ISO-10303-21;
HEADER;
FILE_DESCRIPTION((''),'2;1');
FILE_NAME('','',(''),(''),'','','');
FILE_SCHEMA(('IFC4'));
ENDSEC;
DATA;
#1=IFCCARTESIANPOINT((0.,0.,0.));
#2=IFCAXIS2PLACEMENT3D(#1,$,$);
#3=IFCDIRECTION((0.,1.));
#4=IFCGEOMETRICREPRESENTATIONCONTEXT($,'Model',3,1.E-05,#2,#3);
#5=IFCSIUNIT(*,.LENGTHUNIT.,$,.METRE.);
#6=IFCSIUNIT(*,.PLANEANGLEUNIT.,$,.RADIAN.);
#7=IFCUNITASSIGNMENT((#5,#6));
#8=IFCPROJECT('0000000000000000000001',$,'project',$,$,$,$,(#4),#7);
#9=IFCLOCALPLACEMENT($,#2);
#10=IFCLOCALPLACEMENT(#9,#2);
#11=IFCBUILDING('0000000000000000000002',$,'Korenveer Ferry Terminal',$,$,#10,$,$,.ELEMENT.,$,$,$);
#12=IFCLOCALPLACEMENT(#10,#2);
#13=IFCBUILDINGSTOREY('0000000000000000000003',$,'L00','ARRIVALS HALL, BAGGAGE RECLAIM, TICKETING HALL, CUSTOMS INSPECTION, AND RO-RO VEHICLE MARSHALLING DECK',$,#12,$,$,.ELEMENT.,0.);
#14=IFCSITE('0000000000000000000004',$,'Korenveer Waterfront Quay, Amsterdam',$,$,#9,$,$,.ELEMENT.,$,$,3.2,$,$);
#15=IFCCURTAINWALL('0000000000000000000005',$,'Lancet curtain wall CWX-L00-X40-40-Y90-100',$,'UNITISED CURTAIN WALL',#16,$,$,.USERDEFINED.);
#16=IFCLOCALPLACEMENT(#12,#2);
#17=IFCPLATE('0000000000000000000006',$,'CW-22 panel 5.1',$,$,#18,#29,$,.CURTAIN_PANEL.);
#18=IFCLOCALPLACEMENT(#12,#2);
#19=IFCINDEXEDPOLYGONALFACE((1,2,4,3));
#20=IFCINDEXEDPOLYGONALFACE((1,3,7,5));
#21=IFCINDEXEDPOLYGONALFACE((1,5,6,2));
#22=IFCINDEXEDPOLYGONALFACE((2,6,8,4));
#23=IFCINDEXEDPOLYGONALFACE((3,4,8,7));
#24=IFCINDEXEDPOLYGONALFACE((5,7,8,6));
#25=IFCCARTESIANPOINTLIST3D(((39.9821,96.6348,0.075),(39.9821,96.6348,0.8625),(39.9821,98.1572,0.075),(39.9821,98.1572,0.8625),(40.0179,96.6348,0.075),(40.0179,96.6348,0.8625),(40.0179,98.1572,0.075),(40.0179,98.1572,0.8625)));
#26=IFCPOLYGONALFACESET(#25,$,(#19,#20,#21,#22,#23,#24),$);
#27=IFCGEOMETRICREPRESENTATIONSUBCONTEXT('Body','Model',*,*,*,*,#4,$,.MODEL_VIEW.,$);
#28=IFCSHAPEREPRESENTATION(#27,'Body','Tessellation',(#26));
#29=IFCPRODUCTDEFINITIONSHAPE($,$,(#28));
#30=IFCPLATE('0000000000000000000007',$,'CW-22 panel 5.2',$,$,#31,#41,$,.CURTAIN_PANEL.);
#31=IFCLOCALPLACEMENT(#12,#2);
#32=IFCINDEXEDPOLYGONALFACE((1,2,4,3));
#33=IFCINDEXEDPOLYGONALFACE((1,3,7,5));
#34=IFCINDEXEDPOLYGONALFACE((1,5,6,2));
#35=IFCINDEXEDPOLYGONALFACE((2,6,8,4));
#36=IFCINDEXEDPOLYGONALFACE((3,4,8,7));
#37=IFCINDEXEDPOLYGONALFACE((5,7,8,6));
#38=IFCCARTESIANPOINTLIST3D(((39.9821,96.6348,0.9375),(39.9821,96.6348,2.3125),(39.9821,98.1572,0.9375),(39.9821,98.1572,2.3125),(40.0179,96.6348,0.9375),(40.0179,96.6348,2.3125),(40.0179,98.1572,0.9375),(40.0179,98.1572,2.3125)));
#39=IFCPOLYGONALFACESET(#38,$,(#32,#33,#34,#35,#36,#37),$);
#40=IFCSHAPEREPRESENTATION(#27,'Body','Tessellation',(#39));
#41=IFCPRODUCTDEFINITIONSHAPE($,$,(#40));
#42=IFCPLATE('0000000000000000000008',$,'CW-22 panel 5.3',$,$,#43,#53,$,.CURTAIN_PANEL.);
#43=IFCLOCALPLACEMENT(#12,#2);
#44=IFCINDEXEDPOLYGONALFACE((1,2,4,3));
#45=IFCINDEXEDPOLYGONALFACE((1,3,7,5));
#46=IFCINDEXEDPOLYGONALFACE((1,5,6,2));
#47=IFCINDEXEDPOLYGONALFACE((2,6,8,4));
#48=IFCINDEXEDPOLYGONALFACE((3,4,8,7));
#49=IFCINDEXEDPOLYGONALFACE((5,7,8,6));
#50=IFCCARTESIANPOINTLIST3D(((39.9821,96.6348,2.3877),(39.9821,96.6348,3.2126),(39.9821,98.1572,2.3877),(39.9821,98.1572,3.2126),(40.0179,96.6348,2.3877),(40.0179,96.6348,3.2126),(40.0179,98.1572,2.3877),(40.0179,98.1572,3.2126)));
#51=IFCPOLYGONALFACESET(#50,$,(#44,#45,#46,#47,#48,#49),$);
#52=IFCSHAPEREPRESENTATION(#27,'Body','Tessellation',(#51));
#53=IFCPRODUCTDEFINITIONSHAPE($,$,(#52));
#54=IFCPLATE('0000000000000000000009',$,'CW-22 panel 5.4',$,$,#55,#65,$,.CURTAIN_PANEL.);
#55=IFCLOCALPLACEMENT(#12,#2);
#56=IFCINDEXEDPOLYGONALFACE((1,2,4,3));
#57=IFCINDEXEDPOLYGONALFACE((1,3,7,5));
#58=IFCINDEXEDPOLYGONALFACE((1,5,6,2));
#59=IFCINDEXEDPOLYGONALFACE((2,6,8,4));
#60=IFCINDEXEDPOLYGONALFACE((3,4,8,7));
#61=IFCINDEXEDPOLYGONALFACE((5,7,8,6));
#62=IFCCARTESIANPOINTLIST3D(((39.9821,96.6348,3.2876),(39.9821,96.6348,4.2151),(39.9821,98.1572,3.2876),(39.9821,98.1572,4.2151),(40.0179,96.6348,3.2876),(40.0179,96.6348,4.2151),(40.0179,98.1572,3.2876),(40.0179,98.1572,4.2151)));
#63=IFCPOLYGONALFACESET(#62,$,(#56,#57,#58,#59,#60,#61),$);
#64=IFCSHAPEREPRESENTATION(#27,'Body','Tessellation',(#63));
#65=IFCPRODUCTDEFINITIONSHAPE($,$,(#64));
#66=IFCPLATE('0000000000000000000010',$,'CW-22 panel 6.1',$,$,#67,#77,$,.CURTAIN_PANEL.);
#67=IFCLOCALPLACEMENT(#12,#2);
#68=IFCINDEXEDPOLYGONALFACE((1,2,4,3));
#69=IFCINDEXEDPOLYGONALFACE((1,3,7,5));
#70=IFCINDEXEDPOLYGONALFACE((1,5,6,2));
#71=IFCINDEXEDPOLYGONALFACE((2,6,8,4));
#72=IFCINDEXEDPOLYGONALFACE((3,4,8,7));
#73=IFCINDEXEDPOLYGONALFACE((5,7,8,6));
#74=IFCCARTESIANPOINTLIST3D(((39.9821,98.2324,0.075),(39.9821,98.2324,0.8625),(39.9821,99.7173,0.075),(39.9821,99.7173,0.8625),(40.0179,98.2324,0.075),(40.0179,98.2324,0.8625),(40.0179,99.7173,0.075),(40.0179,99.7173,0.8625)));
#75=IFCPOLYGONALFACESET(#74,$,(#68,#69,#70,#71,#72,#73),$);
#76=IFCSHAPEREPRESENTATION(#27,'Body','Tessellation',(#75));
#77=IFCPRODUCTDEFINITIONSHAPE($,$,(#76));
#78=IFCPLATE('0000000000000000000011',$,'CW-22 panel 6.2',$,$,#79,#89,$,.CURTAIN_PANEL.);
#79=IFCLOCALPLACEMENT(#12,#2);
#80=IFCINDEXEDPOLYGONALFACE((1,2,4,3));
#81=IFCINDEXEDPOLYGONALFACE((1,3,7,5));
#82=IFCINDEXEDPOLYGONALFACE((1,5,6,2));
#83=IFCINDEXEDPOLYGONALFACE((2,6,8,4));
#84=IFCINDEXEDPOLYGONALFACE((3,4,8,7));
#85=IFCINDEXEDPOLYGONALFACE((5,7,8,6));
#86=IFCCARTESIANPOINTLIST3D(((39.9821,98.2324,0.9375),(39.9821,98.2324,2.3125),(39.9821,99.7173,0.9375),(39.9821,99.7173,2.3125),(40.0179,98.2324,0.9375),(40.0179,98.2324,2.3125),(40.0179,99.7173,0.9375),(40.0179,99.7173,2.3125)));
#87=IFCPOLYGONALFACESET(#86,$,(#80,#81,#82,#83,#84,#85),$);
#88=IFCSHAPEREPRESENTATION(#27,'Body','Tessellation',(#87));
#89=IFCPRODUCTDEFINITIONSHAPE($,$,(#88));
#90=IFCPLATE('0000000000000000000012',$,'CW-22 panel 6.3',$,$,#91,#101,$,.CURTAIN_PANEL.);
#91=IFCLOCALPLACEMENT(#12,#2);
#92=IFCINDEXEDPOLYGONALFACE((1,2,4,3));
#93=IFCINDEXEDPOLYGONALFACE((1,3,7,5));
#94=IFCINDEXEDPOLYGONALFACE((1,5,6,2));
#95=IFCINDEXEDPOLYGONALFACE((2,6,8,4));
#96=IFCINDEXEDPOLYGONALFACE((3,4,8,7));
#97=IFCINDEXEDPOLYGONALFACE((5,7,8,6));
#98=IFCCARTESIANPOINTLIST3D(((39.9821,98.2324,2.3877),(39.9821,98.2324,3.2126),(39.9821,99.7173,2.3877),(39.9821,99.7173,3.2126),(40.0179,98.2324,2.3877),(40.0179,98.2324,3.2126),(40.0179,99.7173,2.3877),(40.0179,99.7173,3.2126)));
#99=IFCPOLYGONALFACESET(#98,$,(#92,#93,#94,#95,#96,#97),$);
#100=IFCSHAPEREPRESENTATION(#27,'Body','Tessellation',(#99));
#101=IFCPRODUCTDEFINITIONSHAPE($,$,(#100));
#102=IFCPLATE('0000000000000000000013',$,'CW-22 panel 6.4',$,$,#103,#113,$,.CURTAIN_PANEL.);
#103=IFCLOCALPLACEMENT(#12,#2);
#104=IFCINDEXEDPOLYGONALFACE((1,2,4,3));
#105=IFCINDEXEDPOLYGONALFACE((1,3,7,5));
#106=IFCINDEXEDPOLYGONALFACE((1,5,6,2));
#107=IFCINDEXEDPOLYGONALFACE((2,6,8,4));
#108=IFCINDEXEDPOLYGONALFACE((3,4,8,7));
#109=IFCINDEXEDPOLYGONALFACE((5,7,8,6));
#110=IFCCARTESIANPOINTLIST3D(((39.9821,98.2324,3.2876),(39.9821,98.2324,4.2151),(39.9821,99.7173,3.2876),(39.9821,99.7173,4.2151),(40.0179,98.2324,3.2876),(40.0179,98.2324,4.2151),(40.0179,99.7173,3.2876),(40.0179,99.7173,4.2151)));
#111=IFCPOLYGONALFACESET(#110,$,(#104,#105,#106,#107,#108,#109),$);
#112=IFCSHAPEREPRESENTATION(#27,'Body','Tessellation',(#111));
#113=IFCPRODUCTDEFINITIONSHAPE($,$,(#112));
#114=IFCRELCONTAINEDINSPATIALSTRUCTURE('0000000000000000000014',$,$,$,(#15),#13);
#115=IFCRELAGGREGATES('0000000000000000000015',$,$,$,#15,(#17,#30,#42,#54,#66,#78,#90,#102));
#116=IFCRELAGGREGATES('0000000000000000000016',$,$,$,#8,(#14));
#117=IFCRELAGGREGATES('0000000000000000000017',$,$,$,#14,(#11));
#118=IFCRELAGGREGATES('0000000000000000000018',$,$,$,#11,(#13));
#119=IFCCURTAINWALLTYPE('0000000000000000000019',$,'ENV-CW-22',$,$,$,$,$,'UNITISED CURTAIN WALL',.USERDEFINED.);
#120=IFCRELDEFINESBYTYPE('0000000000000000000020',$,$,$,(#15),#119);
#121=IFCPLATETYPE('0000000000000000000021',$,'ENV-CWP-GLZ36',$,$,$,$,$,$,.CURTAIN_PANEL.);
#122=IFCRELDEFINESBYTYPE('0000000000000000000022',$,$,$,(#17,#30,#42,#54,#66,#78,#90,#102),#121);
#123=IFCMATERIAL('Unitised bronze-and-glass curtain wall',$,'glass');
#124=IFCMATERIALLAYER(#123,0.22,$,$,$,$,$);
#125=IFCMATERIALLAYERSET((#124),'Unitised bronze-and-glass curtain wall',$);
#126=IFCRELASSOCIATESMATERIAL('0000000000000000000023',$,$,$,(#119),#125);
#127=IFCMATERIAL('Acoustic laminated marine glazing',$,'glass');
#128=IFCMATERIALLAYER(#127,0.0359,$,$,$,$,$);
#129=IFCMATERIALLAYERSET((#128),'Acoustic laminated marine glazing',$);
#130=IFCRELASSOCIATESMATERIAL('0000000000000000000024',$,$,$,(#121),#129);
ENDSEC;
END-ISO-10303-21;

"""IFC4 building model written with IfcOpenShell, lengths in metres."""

from ifc_helpers import new_model, si_unit, direction, frame, origin, origin_2d, place, context, subcontext, project, spatial, rectangle, extrude, material, layer, layer_set, type_object, element, aggregate, save


model = new_model("IFC4")

# Units and contexts
model_context = context("Model", 3, precision=1e-05, world=origin(), true_north=direction((0.0, 1.0)))
body_context = subcontext(model_context, "Body", "Model", "MODEL_VIEW")
ifc_project = project(units=[si_unit("LENGTHUNIT", "METRE"), si_unit("PLANEANGLEUNIT", "RADIAN")], contexts=[model_context])

# Site, building, storey
site_placement = place(None, origin())
site = spatial("IfcSite", under=ifc_project, at=site_placement, Name="Korenveer Waterfront Quay, Amsterdam", CompositionType="ELEMENT", RefElevation=3.2)
building_placement = place(site_placement, origin())
building = spatial("IfcBuilding", under=site, at=building_placement, Name="Korenveer Ferry Terminal", CompositionType="ELEMENT")
storey_placement = place(building_placement, origin())
storey = spatial("IfcBuildingStorey", under=building, at=storey_placement, Name="L00", Description="ARRIVALS HALL, BAGGAGE RECLAIM, TICKETING HALL, CUSTOMS INSPECTION, AND RO-RO VEHICLE MARSHALLING DECK", CompositionType="ELEMENT", Elevation=0.0)

# Curtain wall, plates
ifc_material_1 = material(Name="Unitised bronze-and-glass curtain wall", Category="glass")
ifc_layer_1 = layer(ifc_material_1, 0.22)
ifc_layer_set_1 = layer_set([ifc_layer_1], Name="Unitised bronze-and-glass curtain wall")
curtain_wall_type = type_object("IfcCurtainWallType", Name="ENV-CW-22", ElementType="UNITISED CURTAIN WALL", PredefinedType="USERDEFINED", material=ifc_layer_set_1)
curtain_wall_placement = place(storey_placement, frame((40.0, 90.2078, 0.0)))
curtain_wall = element("IfcCurtainWall", 1, at=curtain_wall_placement, inside=storey, type_object=curtain_wall_type, Name="Lancet curtain wall CWX-L00-X40-40-Y90-100", ObjectType="UNITISED CURTAIN WALL", PredefinedType="USERDEFINED")
ifc_material_2 = material(Name="Acoustic laminated marine glazing", Category="glass")
ifc_layer_2 = layer(ifc_material_2, 0.0359)
ifc_layer_set_2 = layer_set([ifc_layer_2], Name="Acoustic laminated marine glazing")
plate_type = type_object("IfcPlateType", Name="ENV-CWP-GLZ36", PredefinedType="CURTAIN_PANEL", material=ifc_layer_set_2)
plate_1_placement = place(storey_placement, frame((40.0, 97.396, 0.075), z_axis=(0.0, 0.0, 1.0), x_axis=(0.0, 1.0, 0.0)))
plate_1 = element("IfcPlate", 2, at=plate_1_placement, type_object=plate_type, Name="CW-22 panel 5.1", PredefinedType="CURTAIN_PANEL", context=body_context, shape_type="SweptSolid", body=[
    extrude(rectangle(XDim=1.5225, YDim=0.0359, at=origin_2d()), origin(), (0.0, 0.0, 1.0), 0.7876),
])
plate_2_placement = place(storey_placement, frame((40.0, 97.396, 0.9375), z_axis=(0.0, 0.0, 1.0), x_axis=(0.0, 1.0, 0.0)))
plate_2 = element("IfcPlate", 3, at=plate_2_placement, type_object=plate_type, Name="CW-22 panel 5.2", PredefinedType="CURTAIN_PANEL", context=body_context, shape_type="SweptSolid", body=[
    extrude(rectangle(XDim=1.5225, YDim=0.0359, at=origin_2d()), origin(), (0.0, 0.0, 1.0), 1.375),
])
plate_3_placement = place(storey_placement, frame((40.0, 97.396, 2.3877), z_axis=(0.0, 0.0, 1.0), x_axis=(0.0, 1.0, 0.0)))
plate_3 = element("IfcPlate", 4, at=plate_3_placement, type_object=plate_type, Name="CW-22 panel 5.3", PredefinedType="CURTAIN_PANEL", context=body_context, shape_type="SweptSolid", body=[
    extrude(rectangle(XDim=1.5225, YDim=0.0359, at=origin_2d()), origin(), (0.0, 0.0, 1.0), 0.825),
])
plate_4_placement = place(storey_placement, frame((40.0, 97.396, 3.2876), z_axis=(0.0, 0.0, 1.0), x_axis=(0.0, 1.0, 0.0)))
plate_4 = element("IfcPlate", 5, at=plate_4_placement, type_object=plate_type, Name="CW-22 panel 5.4", PredefinedType="CURTAIN_PANEL", context=body_context, shape_type="SweptSolid", body=[
    extrude(rectangle(XDim=1.5225, YDim=0.0359, at=origin_2d()), origin(), (0.0, 0.0, 1.0), 0.9275),
])
plate_5_placement = place(storey_placement, frame((40.0, 98.9749, 0.075), z_axis=(0.0, 0.0, 1.0), x_axis=(0.0, 1.0, 0.0)))
plate_5 = element("IfcPlate", 6, at=plate_5_placement, type_object=plate_type, Name="CW-22 panel 6.1", PredefinedType="CURTAIN_PANEL", context=body_context, shape_type="SweptSolid", body=[
    extrude(rectangle(XDim=1.4849, YDim=0.0359, at=origin_2d()), origin(), (0.0, 0.0, 1.0), 0.7876),
])
plate_6_placement = place(storey_placement, frame((40.0, 98.9749, 0.9375), z_axis=(0.0, 0.0, 1.0), x_axis=(0.0, 1.0, 0.0)))
plate_6 = element("IfcPlate", 7, at=plate_6_placement, type_object=plate_type, Name="CW-22 panel 6.2", PredefinedType="CURTAIN_PANEL", context=body_context, shape_type="SweptSolid", body=[
    extrude(rectangle(XDim=1.4849, YDim=0.0359, at=origin_2d()), origin(), (0.0, 0.0, 1.0), 1.375),
])
plate_7_placement = place(storey_placement, frame((40.0, 98.9749, 2.3877), z_axis=(0.0, 0.0, 1.0), x_axis=(0.0, 1.0, 0.0)))
plate_7 = element("IfcPlate", 8, at=plate_7_placement, type_object=plate_type, Name="CW-22 panel 6.3", PredefinedType="CURTAIN_PANEL", context=body_context, shape_type="SweptSolid", body=[
    extrude(rectangle(XDim=1.4849, YDim=0.0359, at=origin_2d()), origin(), (0.0, 0.0, 1.0), 0.825),
])
plate_8_placement = place(storey_placement, frame((40.0, 98.9749, 3.2876), z_axis=(0.0, 0.0, 1.0), x_axis=(0.0, 1.0, 0.0)))
plate_8 = element("IfcPlate", 9, at=plate_8_placement, type_object=plate_type, Name="CW-22 panel 6.4", PredefinedType="CURTAIN_PANEL", context=body_context, shape_type="SweptSolid", body=[
    extrude(rectangle(XDim=1.4849, YDim=0.0359, at=origin_2d()), origin(), (0.0, 0.0, 1.0), 0.9275),
])
aggregate(curtain_wall, [plate_1, plate_2, plate_3, plate_4, plate_5, plate_6, plate_7, plate_8])

save(model, "model.ifc")
